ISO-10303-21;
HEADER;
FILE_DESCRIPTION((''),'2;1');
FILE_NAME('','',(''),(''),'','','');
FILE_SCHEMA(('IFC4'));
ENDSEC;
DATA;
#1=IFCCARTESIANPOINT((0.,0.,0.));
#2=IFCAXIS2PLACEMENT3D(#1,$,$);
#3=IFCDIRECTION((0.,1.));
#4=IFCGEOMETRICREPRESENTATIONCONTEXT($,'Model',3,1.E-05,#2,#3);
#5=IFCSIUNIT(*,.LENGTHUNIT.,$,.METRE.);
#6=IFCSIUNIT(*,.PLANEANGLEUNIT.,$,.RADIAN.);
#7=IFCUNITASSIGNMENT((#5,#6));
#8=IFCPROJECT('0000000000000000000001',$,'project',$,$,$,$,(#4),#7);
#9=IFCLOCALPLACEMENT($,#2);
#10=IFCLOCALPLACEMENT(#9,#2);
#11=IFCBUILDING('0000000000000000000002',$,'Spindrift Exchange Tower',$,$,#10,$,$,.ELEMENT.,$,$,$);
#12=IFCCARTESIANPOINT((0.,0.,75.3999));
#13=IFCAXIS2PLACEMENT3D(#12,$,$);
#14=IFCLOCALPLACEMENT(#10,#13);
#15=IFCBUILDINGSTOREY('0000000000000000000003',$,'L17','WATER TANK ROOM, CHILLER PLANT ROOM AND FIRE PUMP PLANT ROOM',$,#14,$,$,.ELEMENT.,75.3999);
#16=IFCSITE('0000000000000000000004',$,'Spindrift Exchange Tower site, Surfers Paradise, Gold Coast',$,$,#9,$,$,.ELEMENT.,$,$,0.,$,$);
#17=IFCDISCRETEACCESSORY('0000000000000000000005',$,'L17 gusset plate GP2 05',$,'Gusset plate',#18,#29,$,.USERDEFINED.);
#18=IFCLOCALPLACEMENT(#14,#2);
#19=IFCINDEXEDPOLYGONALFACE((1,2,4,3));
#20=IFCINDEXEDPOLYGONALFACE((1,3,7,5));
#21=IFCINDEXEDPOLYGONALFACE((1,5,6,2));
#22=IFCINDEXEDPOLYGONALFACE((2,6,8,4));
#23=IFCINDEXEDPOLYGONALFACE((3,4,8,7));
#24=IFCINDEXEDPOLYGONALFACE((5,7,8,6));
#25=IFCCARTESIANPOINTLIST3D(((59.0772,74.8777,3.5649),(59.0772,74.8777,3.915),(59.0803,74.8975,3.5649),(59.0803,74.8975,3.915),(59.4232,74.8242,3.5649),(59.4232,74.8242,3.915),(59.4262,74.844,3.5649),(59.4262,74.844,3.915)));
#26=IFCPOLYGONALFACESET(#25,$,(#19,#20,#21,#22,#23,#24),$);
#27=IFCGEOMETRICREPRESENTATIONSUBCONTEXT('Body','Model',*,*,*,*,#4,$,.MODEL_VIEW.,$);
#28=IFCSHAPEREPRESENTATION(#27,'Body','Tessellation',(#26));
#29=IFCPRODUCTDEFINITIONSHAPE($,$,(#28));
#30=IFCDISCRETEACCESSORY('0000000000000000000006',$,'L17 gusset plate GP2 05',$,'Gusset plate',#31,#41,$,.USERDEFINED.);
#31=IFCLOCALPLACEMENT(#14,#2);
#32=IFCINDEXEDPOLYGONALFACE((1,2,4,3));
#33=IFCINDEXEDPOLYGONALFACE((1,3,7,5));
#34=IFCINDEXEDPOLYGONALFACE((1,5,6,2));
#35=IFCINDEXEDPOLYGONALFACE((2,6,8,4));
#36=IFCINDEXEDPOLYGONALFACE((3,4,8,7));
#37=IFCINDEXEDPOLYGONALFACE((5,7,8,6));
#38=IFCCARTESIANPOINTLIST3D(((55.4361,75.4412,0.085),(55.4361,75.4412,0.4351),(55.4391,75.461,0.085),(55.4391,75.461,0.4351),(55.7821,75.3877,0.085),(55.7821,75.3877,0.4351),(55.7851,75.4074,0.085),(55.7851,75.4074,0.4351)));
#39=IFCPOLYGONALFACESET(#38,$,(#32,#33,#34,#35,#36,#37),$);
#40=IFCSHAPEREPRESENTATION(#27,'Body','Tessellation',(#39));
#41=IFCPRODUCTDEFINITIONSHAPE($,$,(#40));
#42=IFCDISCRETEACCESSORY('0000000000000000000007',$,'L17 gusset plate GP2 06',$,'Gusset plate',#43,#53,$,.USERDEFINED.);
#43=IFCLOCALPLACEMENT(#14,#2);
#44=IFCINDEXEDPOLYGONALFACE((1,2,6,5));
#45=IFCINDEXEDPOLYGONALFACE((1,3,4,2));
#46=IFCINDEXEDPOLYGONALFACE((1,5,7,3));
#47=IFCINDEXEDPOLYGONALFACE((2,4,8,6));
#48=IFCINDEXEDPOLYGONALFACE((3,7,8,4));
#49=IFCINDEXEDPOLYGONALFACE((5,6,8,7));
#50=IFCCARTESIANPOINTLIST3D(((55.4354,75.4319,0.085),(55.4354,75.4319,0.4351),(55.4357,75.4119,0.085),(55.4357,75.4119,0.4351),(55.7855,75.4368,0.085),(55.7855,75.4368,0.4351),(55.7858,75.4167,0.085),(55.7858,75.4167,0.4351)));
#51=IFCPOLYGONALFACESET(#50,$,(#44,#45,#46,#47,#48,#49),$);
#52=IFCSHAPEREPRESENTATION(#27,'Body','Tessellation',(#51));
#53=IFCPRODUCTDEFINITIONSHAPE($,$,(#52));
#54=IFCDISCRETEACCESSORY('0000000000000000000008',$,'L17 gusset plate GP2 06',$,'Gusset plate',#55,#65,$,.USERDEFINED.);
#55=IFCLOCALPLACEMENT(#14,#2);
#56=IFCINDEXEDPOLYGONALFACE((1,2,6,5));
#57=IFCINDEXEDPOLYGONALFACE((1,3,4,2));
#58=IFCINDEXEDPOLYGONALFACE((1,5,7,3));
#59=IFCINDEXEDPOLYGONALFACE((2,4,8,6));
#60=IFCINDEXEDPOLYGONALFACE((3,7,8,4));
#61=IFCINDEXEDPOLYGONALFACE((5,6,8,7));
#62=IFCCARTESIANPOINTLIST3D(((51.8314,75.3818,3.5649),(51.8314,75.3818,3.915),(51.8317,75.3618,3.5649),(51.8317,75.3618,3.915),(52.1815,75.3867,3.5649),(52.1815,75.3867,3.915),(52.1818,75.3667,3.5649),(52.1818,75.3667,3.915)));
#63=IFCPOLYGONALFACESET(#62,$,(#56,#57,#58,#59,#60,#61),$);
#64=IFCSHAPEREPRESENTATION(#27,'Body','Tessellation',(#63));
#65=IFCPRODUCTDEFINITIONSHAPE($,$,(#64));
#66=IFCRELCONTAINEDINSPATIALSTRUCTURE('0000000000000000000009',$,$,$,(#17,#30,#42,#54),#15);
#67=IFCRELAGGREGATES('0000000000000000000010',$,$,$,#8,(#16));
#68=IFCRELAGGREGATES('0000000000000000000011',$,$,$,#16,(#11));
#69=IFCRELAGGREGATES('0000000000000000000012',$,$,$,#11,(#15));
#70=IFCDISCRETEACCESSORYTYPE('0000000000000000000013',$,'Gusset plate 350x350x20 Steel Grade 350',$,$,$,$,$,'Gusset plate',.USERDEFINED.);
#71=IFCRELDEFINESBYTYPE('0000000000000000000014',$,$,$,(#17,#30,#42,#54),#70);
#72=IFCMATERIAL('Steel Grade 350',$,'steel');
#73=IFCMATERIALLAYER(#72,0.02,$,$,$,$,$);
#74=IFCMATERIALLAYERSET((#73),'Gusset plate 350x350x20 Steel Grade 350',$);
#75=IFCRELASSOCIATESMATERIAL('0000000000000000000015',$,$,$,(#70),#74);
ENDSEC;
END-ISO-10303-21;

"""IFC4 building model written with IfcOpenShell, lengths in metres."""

from ifc_helpers import new_model, si_unit, direction, frame, origin, origin_2d, place, context, subcontext, project, spatial, rectangle, extrude, source, transform, mapped, material, layer, layer_set, type_object, element, save


model = new_model("IFC4")

# Units and contexts
model_context = context("Model", 3, precision=1e-05, world=origin(), true_north=direction((0.0, 1.0)))
body_context = subcontext(model_context, "Body", "Model", "MODEL_VIEW")
ifc_project = project(units=[si_unit("LENGTHUNIT", "METRE"), si_unit("PLANEANGLEUNIT", "RADIAN")], contexts=[model_context])

# Site, building, storey
site_placement = place(None, origin())
site = spatial("IfcSite", under=ifc_project, at=site_placement, Name="Spindrift Exchange Tower site, Surfers Paradise, Gold Coast", CompositionType="ELEMENT", RefElevation=0.0)
building_placement = place(site_placement, origin())
building = spatial("IfcBuilding", under=site, at=building_placement, Name="Spindrift Exchange Tower", CompositionType="ELEMENT")
storey_placement = place(building_placement, frame((0.0, 0.0, 75.3999)))
storey = spatial("IfcBuildingStorey", under=building, at=storey_placement, Name="L17", Description="WATER TANK ROOM, CHILLER PLANT ROOM AND FIRE PUMP PLANT ROOM", CompositionType="ELEMENT", Elevation=75.3999)

# Shared definitions
ifc_material_1 = material(Name="Steel Grade 350", Category="steel")

# Discrete accessories
ifc_layer_1 = layer(ifc_material_1, 0.02)
ifc_layer_set_1 = layer_set([ifc_layer_1], Name="Gusset plate 350x350x20 Steel Grade 350")
discrete_accessory_type_1 = type_object("IfcDiscreteAccessoryType", Name="Gusset plate 350x350x20 Steel Grade 350", ElementType="Gusset plate", PredefinedType="USERDEFINED", material=ifc_layer_set_1)
shared_shape_1 = source(origin(), body_context, "Body", "SweptSolid", [
    extrude(rectangle(XDim=0.3501, YDim=0.02, at=origin_2d()), origin(), (0.0, 0.0, 1.0), 0.3501),
])
for number, where, z_axis, x_axis, name in (
    (1, (59.2517, 74.8608, 3.5649), (0.0, 0.0, 1.0), (-0.988235, 0.152941, 0.0), "L17 gusset plate GP2 05"),
    (2, (55.6106, 75.4243, 0.085), (0.0, 0.0, 1.0), (-0.988235, 0.152941, 0.0), "L17 gusset plate GP2 05"),
    (3, (55.6106, 75.4243, 0.085), (0.0, 0.0, 1.0), (-0.999904, -0.013873, 0.0), "L17 gusset plate GP2 06"),
    (4, (52.0066, 75.3743, 3.5649), (0.0, 0.0, 1.0), (-0.999904, -0.013873, 0.0), "L17 gusset plate GP2 06"),
):
    element("IfcDiscreteAccessory", number, at=place(storey_placement, frame(where, z_axis=z_axis, x_axis=x_axis)), inside=storey, type_object=discrete_accessory_type_1, Name=name, ObjectType="Gusset plate", PredefinedType="USERDEFINED", context=body_context, shape_type="MappedRepresentation", body=[
        mapped(shared_shape_1, transform((0.0, 0.0, 0.0), scale=1.0)),
    ])

save(model, "model.ifc")
